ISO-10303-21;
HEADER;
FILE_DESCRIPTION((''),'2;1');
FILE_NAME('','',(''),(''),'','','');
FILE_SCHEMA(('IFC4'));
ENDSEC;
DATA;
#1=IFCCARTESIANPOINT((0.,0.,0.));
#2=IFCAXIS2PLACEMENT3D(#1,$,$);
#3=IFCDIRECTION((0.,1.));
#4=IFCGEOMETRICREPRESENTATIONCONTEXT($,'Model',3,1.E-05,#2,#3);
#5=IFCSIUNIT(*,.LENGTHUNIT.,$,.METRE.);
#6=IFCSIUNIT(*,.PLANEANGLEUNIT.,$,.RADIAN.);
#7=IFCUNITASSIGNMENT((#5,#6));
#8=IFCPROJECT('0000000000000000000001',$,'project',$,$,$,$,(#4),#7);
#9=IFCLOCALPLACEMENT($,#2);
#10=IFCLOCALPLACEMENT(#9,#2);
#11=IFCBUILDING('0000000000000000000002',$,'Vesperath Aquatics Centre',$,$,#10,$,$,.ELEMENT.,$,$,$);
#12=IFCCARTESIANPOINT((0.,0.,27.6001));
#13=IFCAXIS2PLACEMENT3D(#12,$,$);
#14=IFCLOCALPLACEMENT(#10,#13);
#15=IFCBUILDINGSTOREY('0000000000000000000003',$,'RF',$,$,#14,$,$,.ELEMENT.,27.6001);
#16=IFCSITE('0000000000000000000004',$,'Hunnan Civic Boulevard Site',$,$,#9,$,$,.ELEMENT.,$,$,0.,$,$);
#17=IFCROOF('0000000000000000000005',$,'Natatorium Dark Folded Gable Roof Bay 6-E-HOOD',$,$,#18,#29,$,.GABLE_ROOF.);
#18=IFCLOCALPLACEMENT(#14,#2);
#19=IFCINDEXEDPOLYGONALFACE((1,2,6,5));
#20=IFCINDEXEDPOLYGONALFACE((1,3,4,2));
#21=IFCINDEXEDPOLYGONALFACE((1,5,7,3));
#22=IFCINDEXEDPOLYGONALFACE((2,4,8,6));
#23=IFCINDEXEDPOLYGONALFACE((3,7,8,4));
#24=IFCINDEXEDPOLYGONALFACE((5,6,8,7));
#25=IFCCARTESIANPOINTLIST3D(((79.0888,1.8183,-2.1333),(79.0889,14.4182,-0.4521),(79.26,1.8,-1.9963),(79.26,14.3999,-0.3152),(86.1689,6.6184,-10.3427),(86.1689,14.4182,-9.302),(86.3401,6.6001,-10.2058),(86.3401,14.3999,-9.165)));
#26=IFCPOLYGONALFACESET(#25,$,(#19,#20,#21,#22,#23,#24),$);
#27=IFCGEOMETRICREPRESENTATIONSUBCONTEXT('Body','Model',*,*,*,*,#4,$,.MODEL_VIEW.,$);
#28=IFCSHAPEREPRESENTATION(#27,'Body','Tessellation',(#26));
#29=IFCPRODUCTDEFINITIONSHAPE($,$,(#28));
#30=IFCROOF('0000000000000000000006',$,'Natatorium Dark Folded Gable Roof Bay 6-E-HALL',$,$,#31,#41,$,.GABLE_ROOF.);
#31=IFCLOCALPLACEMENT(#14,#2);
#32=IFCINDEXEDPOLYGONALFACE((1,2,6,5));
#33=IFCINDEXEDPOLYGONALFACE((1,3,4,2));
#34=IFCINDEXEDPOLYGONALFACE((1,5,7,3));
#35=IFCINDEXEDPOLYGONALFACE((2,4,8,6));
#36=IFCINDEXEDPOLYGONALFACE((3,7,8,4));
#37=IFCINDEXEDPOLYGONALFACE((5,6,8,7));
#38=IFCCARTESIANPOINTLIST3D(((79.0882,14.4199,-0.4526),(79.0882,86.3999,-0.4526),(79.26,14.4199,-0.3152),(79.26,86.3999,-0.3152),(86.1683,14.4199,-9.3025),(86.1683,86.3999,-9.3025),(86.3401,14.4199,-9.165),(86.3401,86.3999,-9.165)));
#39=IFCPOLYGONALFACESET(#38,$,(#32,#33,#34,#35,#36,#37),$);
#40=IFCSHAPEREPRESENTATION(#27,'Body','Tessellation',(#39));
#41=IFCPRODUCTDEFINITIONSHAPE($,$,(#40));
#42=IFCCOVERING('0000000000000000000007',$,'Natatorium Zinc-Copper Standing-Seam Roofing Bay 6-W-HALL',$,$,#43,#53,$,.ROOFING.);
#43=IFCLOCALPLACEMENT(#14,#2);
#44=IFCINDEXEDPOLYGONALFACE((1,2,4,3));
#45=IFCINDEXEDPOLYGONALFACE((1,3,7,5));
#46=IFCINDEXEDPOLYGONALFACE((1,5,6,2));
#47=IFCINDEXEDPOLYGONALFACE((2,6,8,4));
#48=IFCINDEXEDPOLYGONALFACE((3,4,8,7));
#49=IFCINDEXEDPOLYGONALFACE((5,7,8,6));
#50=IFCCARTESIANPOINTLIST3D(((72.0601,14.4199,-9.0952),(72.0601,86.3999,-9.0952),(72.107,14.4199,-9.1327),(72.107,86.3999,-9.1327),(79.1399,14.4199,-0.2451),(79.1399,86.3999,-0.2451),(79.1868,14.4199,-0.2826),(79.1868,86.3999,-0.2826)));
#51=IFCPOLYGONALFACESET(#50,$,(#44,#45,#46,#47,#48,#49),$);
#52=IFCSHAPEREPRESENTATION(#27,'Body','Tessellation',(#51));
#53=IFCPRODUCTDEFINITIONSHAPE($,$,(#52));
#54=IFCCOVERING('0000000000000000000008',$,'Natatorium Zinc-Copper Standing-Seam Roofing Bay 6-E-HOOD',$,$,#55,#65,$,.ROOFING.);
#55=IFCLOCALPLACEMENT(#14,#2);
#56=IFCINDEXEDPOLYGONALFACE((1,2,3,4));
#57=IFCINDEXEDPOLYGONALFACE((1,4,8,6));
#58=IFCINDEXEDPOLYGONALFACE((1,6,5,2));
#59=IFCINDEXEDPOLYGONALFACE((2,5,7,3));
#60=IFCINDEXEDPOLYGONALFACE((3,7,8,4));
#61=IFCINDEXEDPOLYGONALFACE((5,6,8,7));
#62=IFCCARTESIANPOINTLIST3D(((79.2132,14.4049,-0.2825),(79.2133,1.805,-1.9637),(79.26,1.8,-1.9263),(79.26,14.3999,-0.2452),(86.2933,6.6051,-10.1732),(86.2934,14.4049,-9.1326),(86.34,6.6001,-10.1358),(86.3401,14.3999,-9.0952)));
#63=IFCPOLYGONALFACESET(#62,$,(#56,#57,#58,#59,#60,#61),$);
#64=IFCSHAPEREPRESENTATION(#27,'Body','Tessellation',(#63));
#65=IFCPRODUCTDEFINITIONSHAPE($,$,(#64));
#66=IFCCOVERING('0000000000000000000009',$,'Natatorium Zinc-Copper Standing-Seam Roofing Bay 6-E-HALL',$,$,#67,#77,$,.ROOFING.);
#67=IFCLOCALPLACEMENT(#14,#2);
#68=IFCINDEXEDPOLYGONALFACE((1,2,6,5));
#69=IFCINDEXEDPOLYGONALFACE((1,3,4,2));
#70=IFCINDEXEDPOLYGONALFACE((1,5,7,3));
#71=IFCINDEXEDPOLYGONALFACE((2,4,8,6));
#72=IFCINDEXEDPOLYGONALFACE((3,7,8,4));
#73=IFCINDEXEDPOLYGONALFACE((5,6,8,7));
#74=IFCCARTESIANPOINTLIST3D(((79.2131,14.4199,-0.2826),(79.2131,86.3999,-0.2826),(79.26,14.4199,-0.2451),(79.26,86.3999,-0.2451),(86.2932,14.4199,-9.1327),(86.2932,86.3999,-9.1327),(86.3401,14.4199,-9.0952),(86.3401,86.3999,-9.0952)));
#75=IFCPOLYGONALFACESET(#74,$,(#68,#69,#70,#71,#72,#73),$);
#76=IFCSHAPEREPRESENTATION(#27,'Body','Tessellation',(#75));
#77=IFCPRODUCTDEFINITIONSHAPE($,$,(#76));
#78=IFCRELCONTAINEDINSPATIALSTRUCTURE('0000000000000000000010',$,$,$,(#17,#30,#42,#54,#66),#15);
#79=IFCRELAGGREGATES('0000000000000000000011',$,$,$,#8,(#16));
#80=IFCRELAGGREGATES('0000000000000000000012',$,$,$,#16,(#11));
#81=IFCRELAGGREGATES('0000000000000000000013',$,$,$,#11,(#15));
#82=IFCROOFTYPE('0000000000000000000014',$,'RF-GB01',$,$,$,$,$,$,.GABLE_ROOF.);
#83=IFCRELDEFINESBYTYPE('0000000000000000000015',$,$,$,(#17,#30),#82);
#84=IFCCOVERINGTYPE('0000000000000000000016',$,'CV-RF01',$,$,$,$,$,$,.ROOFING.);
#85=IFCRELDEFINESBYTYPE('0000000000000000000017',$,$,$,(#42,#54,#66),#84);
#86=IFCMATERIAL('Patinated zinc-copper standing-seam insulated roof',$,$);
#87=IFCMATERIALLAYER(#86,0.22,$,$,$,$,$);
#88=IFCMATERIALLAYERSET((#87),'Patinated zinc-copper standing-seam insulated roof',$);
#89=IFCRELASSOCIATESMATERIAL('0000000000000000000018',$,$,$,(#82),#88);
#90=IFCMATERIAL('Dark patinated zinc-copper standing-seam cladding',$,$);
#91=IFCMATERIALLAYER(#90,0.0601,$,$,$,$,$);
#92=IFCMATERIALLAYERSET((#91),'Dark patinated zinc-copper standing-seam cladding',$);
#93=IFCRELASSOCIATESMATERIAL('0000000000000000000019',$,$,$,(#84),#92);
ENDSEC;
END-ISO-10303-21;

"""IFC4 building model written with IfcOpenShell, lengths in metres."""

from ifc_helpers import new_model, si_unit, direction, frame, origin, place, context, subcontext, project, spatial, polyline, outline, extrude, material, layer, layer_set, type_object, element, save


model = new_model("IFC4")

# Units and contexts
model_context = context("Model", 3, precision=1e-05, world=origin(), true_north=direction((0.0, 1.0)))
body_context = subcontext(model_context, "Body", "Model", "MODEL_VIEW")
ifc_project = project(units=[si_unit("LENGTHUNIT", "METRE"), si_unit("PLANEANGLEUNIT", "RADIAN")], contexts=[model_context])

# Site, building, storey
site_placement = place(None, origin())
site = spatial("IfcSite", under=ifc_project, at=site_placement, Name="Hunnan Civic Boulevard Site", CompositionType="ELEMENT", RefElevation=0.0)
building_placement = place(site_placement, origin())
building = spatial("IfcBuilding", under=site, at=building_placement, Name="Vesperath Aquatics Centre", CompositionType="ELEMENT")
storey_placement = place(building_placement, frame((0.0, 0.0, 27.6001)))
storey = spatial("IfcBuildingStorey", under=building, at=storey_placement, Name="RF", CompositionType="ELEMENT", Elevation=27.6001)

# Roofs
ifc_material_1 = material(Name="Patinated zinc-copper standing-seam insulated roof")
ifc_layer_1 = layer(ifc_material_1, 0.22)
ifc_layer_set_1 = layer_set([ifc_layer_1], Name="Patinated zinc-copper standing-seam insulated roof")
roof_type = type_object("IfcRoofType", Name="RF-GB01", PredefinedType="GABLE_ROOF", material=ifc_layer_set_1)
roof_1_placement = place(storey_placement, frame((79.26, 1.8, -1.9963), z_axis=(0.778163, -0.083066, 0.622545), x_axis=(0.597177, 0.404864, -0.692434)))
element("IfcRoof", 1, at=roof_1_placement, inside=storey, type_object=roof_type, Name="Natatorium Dark Folded Gable Roof Bay 6-E-HOOD", PredefinedType="GABLE_ROOF", context=body_context, shape_type="SweptSolid", body=[
    extrude(outline(polyline([(0.0, 0.0), (11.8559, 0.0), (14.2931, 7.482), (3.9371, 12.0864), (0.0, 0.0)])), origin(), (0.0, 0.0, -1.0), 0.22),
])
roof_2_placement = place(storey_placement, frame((79.26, 14.4199, -0.3152), z_axis=(0.78086, 0.0, 0.624706), x_axis=(0.624706, 0.0, -0.78086)))
element("IfcRoof", 2, at=roof_2_placement, inside=storey, type_object=roof_type, Name="Natatorium Dark Folded Gable Roof Bay 6-E-HALL", PredefinedType="GABLE_ROOF", context=body_context, shape_type="SweptSolid", body=[
    extrude(outline(polyline([(0.0, 0.0), (11.3335, 0.0), (11.3335, 71.98), (0.0, 71.98), (0.0, 0.0)])), origin(), (0.0, 0.0, -1.0), 0.22),
])

# Coverings
ifc_material_2 = material(Name="Dark patinated zinc-copper standing-seam cladding")
ifc_layer_2 = layer(ifc_material_2, 0.0601)
ifc_layer_set_2 = layer_set([ifc_layer_2], Name="Dark patinated zinc-copper standing-seam cladding")
covering_type = type_object("IfcCoveringType", Name="CV-RF01", PredefinedType="ROOFING", material=ifc_layer_set_2)
covering_1_placement = place(storey_placement, frame((72.0601, 14.4199, -9.0952), z_axis=(-0.780879, 0.0, 0.624682), x_axis=(0.624682, 0.0, 0.780879)))
element("IfcCovering", 3, at=covering_1_placement, inside=storey, type_object=covering_type, Name="Natatorium Zinc-Copper Standing-Seam Roofing Bay 6-W-HALL", PredefinedType="ROOFING", context=body_context, shape_type="SweptSolid", body=[
    extrude(outline(polyline([(0.0, 0.0), (11.3335, 0.0), (11.3335, 71.98), (0.0, 71.98), (0.0, 0.0)])), origin(), (0.0, 0.0, -1.0), 0.0601),
])
covering_2_placement = place(storey_placement, frame((79.26, 1.8, -1.9263), z_axis=(0.778167, -0.083058, 0.622541), x_axis=(0.597171, 0.404865, -0.692439)))
element("IfcCovering", 4, at=covering_2_placement, inside=storey, type_object=covering_type, Name="Natatorium Zinc-Copper Standing-Seam Roofing Bay 6-E-HOOD", PredefinedType="ROOFING", context=body_context, shape_type="SweptSolid", body=[
    extrude(outline(polyline([(0.0, 0.0), (11.8559, 0.0), (14.2933, 7.4819), (3.9371, 12.0864), (0.0, 0.0)])), origin(), (0.0, 0.0, -1.0), 0.0601),
])
covering_3_placement = place(storey_placement, frame((79.26, 14.4199, -0.2451), z_axis=(0.780869, 0.0, 0.624695), x_axis=(0.624695, 0.0, -0.780869)))
element("IfcCovering", 5, at=covering_3_placement, inside=storey, type_object=covering_type, Name="Natatorium Zinc-Copper Standing-Seam Roofing Bay 6-E-HALL", PredefinedType="ROOFING", context=body_context, shape_type="SweptSolid", body=[
    extrude(outline(polyline([(0.0, 0.0), (11.3337, 0.0), (11.3337, 71.98), (0.0, 71.98), (0.0, 0.0)])), origin(), (0.0, 0.0, -1.0), 0.0601),
])

save(model, "model.ifc")
